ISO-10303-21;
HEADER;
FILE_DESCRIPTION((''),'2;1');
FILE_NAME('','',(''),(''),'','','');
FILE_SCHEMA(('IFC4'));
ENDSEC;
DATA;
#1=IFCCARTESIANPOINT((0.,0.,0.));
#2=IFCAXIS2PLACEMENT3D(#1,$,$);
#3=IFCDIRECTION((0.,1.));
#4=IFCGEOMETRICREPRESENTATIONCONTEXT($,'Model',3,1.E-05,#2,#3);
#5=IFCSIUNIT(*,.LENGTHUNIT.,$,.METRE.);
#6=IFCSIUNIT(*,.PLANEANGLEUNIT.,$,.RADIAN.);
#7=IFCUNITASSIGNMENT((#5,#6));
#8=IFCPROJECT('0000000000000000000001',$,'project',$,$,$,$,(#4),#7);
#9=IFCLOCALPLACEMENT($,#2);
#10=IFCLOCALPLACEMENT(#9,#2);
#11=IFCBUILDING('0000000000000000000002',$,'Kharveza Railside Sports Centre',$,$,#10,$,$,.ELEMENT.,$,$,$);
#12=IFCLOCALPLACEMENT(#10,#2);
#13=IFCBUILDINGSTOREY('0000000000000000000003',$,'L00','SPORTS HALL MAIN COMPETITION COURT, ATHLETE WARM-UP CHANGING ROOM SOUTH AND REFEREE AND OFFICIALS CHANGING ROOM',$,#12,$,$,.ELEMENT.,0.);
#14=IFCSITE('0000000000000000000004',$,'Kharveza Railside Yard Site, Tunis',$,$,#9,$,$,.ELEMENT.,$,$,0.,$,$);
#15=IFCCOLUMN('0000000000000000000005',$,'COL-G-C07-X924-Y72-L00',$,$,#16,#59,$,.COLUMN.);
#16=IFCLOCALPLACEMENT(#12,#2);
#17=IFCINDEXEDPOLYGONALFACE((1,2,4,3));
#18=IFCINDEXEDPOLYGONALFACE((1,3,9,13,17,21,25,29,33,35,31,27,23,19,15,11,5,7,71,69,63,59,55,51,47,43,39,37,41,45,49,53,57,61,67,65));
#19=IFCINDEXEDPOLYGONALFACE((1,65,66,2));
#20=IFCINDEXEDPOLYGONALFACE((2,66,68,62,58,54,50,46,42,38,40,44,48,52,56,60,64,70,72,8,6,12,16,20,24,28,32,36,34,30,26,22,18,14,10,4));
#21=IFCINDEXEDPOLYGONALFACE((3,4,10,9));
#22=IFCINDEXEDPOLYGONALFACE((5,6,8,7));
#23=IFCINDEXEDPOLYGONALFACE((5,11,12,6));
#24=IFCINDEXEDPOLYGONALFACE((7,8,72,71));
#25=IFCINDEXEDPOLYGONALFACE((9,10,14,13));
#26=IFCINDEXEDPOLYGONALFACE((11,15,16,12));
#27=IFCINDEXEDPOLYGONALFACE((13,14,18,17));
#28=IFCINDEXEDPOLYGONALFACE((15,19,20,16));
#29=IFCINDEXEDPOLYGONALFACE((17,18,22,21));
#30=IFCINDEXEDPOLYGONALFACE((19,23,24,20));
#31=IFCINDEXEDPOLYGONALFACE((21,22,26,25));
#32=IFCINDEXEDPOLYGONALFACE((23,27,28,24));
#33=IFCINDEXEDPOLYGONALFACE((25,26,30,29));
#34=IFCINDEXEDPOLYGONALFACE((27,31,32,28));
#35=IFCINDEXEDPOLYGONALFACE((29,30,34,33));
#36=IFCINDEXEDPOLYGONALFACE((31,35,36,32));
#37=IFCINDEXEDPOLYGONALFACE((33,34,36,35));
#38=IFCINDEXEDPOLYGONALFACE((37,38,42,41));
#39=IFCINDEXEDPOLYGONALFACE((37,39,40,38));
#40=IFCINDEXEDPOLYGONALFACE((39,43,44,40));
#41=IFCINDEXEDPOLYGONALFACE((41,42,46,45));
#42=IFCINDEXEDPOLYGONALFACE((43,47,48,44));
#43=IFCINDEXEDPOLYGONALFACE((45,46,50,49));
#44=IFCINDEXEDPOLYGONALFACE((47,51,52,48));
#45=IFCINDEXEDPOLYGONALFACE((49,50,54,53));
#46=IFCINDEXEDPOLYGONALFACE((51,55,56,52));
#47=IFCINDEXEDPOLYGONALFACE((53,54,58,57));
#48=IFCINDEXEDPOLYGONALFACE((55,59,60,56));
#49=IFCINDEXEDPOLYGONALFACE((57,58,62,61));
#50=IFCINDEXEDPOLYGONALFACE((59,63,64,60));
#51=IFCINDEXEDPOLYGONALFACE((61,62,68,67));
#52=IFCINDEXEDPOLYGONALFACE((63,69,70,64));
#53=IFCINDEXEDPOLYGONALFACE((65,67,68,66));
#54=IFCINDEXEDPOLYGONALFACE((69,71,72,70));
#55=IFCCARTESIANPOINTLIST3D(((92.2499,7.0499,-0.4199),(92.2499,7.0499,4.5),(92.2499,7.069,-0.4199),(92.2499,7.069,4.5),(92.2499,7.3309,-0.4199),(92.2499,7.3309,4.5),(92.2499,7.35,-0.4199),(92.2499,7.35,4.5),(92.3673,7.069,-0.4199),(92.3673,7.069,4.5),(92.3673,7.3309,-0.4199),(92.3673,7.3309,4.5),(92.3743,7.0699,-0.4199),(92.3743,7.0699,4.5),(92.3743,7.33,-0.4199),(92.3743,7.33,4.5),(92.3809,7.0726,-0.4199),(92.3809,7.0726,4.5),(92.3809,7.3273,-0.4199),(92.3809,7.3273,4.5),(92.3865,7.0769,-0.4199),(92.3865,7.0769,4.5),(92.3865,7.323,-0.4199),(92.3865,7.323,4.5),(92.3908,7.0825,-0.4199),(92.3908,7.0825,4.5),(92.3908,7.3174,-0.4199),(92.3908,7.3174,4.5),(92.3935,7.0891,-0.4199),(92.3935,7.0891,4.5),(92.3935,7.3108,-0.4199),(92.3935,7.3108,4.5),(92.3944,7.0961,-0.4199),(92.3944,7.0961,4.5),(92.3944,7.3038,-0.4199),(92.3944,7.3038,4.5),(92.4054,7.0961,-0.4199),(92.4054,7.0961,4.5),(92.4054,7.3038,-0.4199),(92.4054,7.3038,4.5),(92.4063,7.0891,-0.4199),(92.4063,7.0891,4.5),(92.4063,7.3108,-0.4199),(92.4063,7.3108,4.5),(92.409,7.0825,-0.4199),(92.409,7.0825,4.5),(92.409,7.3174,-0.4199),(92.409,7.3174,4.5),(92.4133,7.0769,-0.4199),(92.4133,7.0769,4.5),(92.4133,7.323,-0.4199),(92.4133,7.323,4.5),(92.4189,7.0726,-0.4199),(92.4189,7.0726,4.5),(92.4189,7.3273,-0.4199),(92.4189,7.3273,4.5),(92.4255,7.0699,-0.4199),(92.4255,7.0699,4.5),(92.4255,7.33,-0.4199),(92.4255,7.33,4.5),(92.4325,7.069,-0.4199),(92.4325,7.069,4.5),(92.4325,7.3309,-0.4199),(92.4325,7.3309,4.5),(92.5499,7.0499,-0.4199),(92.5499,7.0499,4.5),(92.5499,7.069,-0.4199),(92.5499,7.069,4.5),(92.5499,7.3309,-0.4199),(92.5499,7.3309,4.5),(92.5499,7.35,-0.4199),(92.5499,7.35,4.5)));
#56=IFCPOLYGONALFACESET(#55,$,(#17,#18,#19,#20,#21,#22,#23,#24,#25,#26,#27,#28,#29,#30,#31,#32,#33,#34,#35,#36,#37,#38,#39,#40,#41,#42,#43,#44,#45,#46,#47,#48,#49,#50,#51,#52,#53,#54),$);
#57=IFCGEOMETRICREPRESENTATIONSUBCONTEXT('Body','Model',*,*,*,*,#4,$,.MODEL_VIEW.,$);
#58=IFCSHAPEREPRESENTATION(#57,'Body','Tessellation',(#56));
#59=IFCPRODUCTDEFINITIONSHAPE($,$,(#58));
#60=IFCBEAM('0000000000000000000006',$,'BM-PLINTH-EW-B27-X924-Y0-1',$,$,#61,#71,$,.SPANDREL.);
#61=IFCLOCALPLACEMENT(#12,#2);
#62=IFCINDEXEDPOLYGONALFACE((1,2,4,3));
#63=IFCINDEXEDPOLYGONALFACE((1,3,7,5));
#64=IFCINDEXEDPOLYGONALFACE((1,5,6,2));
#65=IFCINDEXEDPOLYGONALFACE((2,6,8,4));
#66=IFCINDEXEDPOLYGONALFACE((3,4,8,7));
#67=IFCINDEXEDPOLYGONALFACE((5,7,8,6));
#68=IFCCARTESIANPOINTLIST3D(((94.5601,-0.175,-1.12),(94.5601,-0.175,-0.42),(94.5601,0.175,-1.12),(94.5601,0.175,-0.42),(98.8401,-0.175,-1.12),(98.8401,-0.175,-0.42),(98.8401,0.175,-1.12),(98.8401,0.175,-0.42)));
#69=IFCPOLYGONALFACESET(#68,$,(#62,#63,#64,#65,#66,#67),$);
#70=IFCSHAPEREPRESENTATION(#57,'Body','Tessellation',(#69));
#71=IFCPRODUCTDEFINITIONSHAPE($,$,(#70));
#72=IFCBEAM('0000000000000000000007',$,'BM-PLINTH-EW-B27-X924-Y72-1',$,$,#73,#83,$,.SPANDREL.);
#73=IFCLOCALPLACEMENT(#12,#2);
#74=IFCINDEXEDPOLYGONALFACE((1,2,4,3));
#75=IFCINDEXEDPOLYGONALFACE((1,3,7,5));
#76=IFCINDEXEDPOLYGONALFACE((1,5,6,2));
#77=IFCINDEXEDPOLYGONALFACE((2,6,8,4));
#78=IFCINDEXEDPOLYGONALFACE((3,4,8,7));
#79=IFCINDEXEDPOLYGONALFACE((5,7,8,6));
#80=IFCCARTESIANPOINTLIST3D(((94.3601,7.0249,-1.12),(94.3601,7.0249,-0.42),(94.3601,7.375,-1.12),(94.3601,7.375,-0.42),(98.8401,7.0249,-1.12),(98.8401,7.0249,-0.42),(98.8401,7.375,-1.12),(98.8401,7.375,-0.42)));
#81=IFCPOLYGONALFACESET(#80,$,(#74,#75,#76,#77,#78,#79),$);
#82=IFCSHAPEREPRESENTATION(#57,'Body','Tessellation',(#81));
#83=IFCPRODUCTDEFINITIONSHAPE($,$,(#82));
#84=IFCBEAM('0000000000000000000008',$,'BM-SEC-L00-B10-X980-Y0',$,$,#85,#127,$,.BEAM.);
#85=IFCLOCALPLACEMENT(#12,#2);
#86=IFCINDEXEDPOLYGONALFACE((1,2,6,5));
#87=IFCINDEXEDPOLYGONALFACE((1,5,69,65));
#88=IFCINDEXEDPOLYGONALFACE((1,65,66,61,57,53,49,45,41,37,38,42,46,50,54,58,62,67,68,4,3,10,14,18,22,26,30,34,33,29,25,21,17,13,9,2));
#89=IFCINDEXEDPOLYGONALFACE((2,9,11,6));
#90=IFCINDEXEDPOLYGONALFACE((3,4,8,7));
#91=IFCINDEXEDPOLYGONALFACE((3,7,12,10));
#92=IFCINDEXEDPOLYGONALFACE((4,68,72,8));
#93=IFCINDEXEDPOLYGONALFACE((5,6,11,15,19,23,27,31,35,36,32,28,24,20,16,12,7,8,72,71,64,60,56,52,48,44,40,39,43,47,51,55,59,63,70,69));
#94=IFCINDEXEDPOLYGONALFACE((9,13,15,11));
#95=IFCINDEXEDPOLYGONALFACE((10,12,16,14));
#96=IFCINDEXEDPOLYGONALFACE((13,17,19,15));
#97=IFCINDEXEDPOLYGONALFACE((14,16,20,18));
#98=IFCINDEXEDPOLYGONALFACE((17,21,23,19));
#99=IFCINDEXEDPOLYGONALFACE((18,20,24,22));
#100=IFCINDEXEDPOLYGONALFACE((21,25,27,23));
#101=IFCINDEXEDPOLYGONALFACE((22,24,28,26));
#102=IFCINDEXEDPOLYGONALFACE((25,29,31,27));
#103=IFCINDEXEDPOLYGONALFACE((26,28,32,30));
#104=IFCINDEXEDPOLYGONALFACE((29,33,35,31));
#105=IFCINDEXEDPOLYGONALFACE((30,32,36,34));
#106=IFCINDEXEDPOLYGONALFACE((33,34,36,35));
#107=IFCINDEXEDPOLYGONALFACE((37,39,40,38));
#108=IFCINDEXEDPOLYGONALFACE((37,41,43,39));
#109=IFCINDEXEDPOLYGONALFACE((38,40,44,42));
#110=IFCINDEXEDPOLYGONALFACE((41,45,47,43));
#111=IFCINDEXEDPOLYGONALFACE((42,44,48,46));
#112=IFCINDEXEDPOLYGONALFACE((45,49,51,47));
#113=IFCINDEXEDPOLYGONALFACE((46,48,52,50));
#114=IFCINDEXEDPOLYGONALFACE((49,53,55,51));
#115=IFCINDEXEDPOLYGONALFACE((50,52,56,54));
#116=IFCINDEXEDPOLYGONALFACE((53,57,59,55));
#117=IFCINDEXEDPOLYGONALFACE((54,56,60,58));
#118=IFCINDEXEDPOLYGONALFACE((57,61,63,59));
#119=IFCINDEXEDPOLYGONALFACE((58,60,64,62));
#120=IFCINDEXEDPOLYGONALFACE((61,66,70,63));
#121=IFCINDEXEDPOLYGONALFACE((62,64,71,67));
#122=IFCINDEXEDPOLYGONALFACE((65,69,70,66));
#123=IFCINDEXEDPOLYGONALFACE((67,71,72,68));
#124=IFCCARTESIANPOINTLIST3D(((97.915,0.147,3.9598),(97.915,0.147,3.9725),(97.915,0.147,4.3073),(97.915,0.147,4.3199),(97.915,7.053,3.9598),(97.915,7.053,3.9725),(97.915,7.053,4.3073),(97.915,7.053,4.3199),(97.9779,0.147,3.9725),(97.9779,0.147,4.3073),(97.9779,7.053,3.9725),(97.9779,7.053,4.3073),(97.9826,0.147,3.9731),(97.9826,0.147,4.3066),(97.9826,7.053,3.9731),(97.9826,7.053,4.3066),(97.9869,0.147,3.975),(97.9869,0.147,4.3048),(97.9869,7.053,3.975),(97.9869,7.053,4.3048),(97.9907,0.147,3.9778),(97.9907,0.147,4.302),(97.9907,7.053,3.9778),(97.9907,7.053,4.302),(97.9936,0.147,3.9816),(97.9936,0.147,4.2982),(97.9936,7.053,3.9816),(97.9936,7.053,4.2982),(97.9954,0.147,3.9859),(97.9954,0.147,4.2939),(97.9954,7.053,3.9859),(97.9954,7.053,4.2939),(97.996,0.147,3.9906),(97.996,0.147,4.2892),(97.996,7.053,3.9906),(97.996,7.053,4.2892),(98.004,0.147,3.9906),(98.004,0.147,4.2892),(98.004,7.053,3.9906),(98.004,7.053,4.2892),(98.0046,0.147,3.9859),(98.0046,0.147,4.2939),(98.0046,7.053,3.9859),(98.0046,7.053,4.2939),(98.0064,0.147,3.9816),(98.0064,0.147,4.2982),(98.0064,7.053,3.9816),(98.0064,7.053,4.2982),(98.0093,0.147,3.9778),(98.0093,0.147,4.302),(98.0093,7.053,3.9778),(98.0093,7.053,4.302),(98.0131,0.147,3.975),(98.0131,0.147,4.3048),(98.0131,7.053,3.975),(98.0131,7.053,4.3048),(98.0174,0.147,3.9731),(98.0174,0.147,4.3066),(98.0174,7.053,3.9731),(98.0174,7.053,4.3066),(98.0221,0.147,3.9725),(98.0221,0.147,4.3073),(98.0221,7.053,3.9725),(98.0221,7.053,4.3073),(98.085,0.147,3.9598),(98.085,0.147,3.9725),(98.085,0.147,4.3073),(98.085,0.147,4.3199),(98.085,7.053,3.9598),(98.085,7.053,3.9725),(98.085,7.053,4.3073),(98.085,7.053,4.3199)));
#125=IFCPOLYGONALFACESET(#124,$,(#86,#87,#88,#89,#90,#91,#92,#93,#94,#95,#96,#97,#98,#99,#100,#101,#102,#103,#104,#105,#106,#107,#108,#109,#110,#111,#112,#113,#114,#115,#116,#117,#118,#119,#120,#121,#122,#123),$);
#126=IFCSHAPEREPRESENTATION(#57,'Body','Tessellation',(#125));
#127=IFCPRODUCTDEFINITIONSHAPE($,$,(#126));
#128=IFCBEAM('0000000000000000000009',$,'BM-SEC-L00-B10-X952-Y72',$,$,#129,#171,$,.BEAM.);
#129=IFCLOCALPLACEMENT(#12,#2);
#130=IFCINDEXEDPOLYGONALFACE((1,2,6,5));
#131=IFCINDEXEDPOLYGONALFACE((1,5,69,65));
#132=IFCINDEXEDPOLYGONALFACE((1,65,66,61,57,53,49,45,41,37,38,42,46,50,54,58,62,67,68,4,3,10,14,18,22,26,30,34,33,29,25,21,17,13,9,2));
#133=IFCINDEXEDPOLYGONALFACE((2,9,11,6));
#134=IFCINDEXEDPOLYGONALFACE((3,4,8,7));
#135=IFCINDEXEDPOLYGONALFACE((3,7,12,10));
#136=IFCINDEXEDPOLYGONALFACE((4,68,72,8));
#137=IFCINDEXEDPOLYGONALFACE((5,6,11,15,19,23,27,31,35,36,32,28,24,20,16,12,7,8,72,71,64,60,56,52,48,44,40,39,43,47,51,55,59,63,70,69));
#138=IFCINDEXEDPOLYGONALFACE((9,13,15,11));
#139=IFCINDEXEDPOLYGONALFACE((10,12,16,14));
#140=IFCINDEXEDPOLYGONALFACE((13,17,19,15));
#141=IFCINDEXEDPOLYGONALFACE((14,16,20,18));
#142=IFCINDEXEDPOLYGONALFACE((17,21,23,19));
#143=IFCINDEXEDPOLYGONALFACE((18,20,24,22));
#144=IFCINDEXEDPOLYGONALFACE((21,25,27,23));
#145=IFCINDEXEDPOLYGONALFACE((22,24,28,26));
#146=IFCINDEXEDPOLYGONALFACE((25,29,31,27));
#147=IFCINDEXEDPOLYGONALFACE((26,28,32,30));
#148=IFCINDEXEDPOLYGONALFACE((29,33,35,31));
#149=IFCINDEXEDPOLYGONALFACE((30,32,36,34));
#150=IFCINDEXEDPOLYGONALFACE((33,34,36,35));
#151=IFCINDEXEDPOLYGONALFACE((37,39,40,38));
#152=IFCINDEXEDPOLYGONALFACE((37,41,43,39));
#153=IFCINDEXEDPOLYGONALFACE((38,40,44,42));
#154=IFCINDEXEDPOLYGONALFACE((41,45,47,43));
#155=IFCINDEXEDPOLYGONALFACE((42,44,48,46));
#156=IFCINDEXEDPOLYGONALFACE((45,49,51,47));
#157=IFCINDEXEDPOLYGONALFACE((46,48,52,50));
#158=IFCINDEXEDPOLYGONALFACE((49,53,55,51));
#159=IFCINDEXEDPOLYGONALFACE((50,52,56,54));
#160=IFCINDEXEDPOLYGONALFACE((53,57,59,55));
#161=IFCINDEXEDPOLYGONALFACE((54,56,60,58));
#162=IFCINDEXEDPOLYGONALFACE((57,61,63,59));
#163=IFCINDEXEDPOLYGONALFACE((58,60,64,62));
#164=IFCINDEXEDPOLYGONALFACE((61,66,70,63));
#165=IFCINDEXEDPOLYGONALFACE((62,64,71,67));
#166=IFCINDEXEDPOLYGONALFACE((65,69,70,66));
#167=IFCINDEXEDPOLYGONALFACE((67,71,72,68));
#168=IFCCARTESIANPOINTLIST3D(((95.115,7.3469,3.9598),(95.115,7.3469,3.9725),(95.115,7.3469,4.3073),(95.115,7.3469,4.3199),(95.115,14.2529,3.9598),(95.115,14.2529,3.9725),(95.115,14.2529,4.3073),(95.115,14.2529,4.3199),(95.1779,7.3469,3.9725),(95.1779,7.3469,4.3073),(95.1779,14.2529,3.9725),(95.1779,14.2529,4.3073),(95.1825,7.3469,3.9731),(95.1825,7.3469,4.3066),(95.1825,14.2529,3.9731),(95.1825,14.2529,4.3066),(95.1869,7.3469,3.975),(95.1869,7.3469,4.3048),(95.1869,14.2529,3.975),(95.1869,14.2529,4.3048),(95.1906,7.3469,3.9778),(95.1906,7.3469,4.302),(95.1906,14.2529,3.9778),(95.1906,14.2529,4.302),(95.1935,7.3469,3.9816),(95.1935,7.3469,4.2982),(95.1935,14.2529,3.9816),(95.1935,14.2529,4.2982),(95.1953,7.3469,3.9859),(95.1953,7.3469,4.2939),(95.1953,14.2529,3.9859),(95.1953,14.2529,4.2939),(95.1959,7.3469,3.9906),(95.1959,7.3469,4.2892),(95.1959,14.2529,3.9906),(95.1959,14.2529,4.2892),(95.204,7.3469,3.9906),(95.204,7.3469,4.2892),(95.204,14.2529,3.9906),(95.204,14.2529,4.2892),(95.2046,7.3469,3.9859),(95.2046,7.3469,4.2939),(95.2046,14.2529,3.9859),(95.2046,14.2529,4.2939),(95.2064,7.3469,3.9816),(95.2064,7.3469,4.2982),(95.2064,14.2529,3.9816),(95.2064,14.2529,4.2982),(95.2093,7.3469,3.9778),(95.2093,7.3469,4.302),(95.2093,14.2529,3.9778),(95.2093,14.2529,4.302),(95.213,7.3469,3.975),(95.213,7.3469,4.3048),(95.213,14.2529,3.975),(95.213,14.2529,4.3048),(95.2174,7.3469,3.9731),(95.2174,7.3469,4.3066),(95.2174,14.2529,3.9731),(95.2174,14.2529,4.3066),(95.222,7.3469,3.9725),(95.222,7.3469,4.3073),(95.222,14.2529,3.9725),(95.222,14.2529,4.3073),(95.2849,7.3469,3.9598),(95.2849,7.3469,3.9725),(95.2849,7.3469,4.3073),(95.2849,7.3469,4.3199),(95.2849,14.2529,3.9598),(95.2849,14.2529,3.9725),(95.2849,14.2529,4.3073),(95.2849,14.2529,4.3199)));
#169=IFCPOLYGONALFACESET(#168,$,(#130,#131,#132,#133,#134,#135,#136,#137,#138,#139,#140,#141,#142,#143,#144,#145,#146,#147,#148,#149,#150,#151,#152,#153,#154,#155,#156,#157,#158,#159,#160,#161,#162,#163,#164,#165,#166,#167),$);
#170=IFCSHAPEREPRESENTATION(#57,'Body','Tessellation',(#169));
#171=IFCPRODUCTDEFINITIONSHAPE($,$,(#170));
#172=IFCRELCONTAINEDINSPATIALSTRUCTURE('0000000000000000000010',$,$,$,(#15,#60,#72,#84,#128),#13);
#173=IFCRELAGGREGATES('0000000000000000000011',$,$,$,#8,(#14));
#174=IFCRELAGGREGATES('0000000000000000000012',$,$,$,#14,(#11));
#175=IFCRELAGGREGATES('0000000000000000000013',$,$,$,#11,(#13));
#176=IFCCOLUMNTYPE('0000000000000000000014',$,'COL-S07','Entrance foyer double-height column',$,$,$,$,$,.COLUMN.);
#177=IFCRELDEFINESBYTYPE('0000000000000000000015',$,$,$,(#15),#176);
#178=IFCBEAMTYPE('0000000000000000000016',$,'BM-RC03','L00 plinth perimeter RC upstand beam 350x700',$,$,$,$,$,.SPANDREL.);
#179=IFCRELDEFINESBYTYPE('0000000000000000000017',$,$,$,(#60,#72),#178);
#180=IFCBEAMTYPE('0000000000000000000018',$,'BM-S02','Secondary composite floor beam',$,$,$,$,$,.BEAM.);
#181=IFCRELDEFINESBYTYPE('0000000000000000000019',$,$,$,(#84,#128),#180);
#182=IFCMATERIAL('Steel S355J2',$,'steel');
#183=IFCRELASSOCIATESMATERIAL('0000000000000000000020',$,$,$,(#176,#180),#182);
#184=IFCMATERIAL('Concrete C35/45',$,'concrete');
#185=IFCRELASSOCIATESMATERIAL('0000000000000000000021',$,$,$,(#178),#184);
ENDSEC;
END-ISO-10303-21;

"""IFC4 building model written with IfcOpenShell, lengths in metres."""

from ifc_helpers import new_model, si_unit, direction, frame, origin, origin_2d, place, context, subcontext, project, spatial, rectangle, i_section, extrude, material, material_profile, profile_set, type_object, element, save


model = new_model("IFC4")

# Units and contexts
model_context = context("Model", 3, precision=1e-05, world=origin(), true_north=direction((0.0, 1.0)))
body_context = subcontext(model_context, "Body", "Model", "MODEL_VIEW")
ifc_project = project(units=[si_unit("LENGTHUNIT", "METRE"), si_unit("PLANEANGLEUNIT", "RADIAN")], contexts=[model_context])

# Site, building, storey
site_placement = place(None, origin())
site = spatial("IfcSite", under=ifc_project, at=site_placement, Name="Kharveza Railside Yard Site, Tunis", CompositionType="ELEMENT", RefElevation=0.0)
building_placement = place(site_placement, origin())
building = spatial("IfcBuilding", under=site, at=building_placement, Name="Kharveza Railside Sports Centre", CompositionType="ELEMENT")
storey_placement = place(building_placement, origin())
storey = spatial("IfcBuildingStorey", under=building, at=storey_placement, Name="L00", Description="SPORTS HALL MAIN COMPETITION COURT, ATHLETE WARM-UP CHANGING ROOM SOUTH AND REFEREE AND OFFICIALS CHANGING ROOM", CompositionType="ELEMENT", Elevation=0.0)

# Shared definitions
ifc_material_1 = material(Name="Concrete C35/45", Category="concrete")

# Column
ifc_material_2 = material(Name="Steel S355J2", Category="steel")
ifc_material_profile_1 = material_profile(ifc_material_2, i_section(OverallWidth=0.3, OverallDepth=0.3, WebThickness=0.011, FlangeThickness=0.019, FilletRadius=0.0271, at=origin_2d()), Name="HEB 300")
ifc_profile_set_1 = profile_set([ifc_material_profile_1], Name="Steel S355J2")
column_type_1 = type_object("IfcColumnType", Name="COL-S07", Description="Entrance foyer double-height column", PredefinedType="COLUMN", material=ifc_profile_set_1)
column_1_placement = place(storey_placement, frame((92.3999, 7.2, -0.4199), z_axis=(0.0, 0.0, 1.0), x_axis=(1.0, 0.0, 0.0)))
element("IfcColumn", 1, at=column_1_placement, inside=storey, type_object=column_type_1, Name="COL-G-C07-X924-Y72-L00", PredefinedType="COLUMN", context=body_context, shape_type="SweptSolid", body=[
    extrude(i_section(OverallWidth=0.3, OverallDepth=0.3, WebThickness=0.011, FlangeThickness=0.019, FilletRadius=0.0271, at=origin_2d()), origin(), (0.0, 0.0, 1.0), 4.9199),
])

# Beams
ifc_material_profile_2 = material_profile(ifc_material_1, rectangle(XDim=0.3501, YDim=0.7, at=origin_2d()), Name="RCB 350x700")
ifc_profile_set_2 = profile_set([ifc_material_profile_2], Name="Concrete C35/45")
beam_type_1 = type_object("IfcBeamType", Name="BM-RC03", Description="L00 plinth perimeter RC upstand beam 350x700", PredefinedType="SPANDREL", material=ifc_profile_set_2)
beam_1_placement = place(storey_placement, frame((94.5601, 0.0, -0.77), z_axis=(1.0, 0.0, 0.0), x_axis=(0.0, 1.0, 0.0)))
element("IfcBeam", 2, at=beam_1_placement, inside=storey, type_object=beam_type_1, Name="BM-PLINTH-EW-B27-X924-Y0-1", PredefinedType="SPANDREL", context=body_context, shape_type="SweptSolid", body=[
    extrude(rectangle(XDim=0.3501, YDim=0.7, at=origin_2d()), origin(), (0.0, 0.0, 1.0), 4.28),
])
beam_2_placement = place(storey_placement, frame((94.3601, 7.2, -0.77), z_axis=(1.0, 0.0, 0.0), x_axis=(0.0, 1.0, 0.0)))
element("IfcBeam", 3, at=beam_2_placement, inside=storey, type_object=beam_type_1, Name="BM-PLINTH-EW-B27-X924-Y72-1", PredefinedType="SPANDREL", context=body_context, shape_type="SweptSolid", body=[
    extrude(rectangle(XDim=0.3501, YDim=0.7, at=origin_2d()), origin(), (0.0, 0.0, 1.0), 4.48),
])
ifc_material_profile_3 = material_profile(ifc_material_2, i_section(OverallWidth=0.1699, OverallDepth=0.3601, WebThickness=0.0081, FlangeThickness=0.0127, FilletRadius=0.0181, at=origin_2d()), Name="IPE 360")
ifc_profile_set_3 = profile_set([ifc_material_profile_3], Name="Steel S355J2")
beam_type_2 = type_object("IfcBeamType", Name="BM-S02", Description="Secondary composite floor beam", PredefinedType="BEAM", material=ifc_profile_set_3)
for number, where, z_axis, x_axis, name in (
    (4, (98.0, 0.147, 4.1399), (0.0, 1.0, 0.0), (-1.0, 0.0, 0.0), "BM-SEC-L00-B10-X980-Y0"),
    (5, (95.2, 7.3469, 4.1399), (0.0, 1.0, 0.0), (-1.0, 0.0, 0.0), "BM-SEC-L00-B10-X952-Y72"),
):
    element("IfcBeam", number, at=place(storey_placement, frame(where, z_axis=z_axis, x_axis=x_axis)), inside=storey, type_object=beam_type_2, Name=name, PredefinedType="BEAM", context=body_context, shape_type="SweptSolid", body=[
        extrude(i_section(OverallWidth=0.1699, OverallDepth=0.3601, WebThickness=0.0081, FlangeThickness=0.0127, FilletRadius=0.0181, at=origin_2d()), origin(), (0.0, 0.0, 1.0), 6.906),
    ])

save(model, "model.ifc")
